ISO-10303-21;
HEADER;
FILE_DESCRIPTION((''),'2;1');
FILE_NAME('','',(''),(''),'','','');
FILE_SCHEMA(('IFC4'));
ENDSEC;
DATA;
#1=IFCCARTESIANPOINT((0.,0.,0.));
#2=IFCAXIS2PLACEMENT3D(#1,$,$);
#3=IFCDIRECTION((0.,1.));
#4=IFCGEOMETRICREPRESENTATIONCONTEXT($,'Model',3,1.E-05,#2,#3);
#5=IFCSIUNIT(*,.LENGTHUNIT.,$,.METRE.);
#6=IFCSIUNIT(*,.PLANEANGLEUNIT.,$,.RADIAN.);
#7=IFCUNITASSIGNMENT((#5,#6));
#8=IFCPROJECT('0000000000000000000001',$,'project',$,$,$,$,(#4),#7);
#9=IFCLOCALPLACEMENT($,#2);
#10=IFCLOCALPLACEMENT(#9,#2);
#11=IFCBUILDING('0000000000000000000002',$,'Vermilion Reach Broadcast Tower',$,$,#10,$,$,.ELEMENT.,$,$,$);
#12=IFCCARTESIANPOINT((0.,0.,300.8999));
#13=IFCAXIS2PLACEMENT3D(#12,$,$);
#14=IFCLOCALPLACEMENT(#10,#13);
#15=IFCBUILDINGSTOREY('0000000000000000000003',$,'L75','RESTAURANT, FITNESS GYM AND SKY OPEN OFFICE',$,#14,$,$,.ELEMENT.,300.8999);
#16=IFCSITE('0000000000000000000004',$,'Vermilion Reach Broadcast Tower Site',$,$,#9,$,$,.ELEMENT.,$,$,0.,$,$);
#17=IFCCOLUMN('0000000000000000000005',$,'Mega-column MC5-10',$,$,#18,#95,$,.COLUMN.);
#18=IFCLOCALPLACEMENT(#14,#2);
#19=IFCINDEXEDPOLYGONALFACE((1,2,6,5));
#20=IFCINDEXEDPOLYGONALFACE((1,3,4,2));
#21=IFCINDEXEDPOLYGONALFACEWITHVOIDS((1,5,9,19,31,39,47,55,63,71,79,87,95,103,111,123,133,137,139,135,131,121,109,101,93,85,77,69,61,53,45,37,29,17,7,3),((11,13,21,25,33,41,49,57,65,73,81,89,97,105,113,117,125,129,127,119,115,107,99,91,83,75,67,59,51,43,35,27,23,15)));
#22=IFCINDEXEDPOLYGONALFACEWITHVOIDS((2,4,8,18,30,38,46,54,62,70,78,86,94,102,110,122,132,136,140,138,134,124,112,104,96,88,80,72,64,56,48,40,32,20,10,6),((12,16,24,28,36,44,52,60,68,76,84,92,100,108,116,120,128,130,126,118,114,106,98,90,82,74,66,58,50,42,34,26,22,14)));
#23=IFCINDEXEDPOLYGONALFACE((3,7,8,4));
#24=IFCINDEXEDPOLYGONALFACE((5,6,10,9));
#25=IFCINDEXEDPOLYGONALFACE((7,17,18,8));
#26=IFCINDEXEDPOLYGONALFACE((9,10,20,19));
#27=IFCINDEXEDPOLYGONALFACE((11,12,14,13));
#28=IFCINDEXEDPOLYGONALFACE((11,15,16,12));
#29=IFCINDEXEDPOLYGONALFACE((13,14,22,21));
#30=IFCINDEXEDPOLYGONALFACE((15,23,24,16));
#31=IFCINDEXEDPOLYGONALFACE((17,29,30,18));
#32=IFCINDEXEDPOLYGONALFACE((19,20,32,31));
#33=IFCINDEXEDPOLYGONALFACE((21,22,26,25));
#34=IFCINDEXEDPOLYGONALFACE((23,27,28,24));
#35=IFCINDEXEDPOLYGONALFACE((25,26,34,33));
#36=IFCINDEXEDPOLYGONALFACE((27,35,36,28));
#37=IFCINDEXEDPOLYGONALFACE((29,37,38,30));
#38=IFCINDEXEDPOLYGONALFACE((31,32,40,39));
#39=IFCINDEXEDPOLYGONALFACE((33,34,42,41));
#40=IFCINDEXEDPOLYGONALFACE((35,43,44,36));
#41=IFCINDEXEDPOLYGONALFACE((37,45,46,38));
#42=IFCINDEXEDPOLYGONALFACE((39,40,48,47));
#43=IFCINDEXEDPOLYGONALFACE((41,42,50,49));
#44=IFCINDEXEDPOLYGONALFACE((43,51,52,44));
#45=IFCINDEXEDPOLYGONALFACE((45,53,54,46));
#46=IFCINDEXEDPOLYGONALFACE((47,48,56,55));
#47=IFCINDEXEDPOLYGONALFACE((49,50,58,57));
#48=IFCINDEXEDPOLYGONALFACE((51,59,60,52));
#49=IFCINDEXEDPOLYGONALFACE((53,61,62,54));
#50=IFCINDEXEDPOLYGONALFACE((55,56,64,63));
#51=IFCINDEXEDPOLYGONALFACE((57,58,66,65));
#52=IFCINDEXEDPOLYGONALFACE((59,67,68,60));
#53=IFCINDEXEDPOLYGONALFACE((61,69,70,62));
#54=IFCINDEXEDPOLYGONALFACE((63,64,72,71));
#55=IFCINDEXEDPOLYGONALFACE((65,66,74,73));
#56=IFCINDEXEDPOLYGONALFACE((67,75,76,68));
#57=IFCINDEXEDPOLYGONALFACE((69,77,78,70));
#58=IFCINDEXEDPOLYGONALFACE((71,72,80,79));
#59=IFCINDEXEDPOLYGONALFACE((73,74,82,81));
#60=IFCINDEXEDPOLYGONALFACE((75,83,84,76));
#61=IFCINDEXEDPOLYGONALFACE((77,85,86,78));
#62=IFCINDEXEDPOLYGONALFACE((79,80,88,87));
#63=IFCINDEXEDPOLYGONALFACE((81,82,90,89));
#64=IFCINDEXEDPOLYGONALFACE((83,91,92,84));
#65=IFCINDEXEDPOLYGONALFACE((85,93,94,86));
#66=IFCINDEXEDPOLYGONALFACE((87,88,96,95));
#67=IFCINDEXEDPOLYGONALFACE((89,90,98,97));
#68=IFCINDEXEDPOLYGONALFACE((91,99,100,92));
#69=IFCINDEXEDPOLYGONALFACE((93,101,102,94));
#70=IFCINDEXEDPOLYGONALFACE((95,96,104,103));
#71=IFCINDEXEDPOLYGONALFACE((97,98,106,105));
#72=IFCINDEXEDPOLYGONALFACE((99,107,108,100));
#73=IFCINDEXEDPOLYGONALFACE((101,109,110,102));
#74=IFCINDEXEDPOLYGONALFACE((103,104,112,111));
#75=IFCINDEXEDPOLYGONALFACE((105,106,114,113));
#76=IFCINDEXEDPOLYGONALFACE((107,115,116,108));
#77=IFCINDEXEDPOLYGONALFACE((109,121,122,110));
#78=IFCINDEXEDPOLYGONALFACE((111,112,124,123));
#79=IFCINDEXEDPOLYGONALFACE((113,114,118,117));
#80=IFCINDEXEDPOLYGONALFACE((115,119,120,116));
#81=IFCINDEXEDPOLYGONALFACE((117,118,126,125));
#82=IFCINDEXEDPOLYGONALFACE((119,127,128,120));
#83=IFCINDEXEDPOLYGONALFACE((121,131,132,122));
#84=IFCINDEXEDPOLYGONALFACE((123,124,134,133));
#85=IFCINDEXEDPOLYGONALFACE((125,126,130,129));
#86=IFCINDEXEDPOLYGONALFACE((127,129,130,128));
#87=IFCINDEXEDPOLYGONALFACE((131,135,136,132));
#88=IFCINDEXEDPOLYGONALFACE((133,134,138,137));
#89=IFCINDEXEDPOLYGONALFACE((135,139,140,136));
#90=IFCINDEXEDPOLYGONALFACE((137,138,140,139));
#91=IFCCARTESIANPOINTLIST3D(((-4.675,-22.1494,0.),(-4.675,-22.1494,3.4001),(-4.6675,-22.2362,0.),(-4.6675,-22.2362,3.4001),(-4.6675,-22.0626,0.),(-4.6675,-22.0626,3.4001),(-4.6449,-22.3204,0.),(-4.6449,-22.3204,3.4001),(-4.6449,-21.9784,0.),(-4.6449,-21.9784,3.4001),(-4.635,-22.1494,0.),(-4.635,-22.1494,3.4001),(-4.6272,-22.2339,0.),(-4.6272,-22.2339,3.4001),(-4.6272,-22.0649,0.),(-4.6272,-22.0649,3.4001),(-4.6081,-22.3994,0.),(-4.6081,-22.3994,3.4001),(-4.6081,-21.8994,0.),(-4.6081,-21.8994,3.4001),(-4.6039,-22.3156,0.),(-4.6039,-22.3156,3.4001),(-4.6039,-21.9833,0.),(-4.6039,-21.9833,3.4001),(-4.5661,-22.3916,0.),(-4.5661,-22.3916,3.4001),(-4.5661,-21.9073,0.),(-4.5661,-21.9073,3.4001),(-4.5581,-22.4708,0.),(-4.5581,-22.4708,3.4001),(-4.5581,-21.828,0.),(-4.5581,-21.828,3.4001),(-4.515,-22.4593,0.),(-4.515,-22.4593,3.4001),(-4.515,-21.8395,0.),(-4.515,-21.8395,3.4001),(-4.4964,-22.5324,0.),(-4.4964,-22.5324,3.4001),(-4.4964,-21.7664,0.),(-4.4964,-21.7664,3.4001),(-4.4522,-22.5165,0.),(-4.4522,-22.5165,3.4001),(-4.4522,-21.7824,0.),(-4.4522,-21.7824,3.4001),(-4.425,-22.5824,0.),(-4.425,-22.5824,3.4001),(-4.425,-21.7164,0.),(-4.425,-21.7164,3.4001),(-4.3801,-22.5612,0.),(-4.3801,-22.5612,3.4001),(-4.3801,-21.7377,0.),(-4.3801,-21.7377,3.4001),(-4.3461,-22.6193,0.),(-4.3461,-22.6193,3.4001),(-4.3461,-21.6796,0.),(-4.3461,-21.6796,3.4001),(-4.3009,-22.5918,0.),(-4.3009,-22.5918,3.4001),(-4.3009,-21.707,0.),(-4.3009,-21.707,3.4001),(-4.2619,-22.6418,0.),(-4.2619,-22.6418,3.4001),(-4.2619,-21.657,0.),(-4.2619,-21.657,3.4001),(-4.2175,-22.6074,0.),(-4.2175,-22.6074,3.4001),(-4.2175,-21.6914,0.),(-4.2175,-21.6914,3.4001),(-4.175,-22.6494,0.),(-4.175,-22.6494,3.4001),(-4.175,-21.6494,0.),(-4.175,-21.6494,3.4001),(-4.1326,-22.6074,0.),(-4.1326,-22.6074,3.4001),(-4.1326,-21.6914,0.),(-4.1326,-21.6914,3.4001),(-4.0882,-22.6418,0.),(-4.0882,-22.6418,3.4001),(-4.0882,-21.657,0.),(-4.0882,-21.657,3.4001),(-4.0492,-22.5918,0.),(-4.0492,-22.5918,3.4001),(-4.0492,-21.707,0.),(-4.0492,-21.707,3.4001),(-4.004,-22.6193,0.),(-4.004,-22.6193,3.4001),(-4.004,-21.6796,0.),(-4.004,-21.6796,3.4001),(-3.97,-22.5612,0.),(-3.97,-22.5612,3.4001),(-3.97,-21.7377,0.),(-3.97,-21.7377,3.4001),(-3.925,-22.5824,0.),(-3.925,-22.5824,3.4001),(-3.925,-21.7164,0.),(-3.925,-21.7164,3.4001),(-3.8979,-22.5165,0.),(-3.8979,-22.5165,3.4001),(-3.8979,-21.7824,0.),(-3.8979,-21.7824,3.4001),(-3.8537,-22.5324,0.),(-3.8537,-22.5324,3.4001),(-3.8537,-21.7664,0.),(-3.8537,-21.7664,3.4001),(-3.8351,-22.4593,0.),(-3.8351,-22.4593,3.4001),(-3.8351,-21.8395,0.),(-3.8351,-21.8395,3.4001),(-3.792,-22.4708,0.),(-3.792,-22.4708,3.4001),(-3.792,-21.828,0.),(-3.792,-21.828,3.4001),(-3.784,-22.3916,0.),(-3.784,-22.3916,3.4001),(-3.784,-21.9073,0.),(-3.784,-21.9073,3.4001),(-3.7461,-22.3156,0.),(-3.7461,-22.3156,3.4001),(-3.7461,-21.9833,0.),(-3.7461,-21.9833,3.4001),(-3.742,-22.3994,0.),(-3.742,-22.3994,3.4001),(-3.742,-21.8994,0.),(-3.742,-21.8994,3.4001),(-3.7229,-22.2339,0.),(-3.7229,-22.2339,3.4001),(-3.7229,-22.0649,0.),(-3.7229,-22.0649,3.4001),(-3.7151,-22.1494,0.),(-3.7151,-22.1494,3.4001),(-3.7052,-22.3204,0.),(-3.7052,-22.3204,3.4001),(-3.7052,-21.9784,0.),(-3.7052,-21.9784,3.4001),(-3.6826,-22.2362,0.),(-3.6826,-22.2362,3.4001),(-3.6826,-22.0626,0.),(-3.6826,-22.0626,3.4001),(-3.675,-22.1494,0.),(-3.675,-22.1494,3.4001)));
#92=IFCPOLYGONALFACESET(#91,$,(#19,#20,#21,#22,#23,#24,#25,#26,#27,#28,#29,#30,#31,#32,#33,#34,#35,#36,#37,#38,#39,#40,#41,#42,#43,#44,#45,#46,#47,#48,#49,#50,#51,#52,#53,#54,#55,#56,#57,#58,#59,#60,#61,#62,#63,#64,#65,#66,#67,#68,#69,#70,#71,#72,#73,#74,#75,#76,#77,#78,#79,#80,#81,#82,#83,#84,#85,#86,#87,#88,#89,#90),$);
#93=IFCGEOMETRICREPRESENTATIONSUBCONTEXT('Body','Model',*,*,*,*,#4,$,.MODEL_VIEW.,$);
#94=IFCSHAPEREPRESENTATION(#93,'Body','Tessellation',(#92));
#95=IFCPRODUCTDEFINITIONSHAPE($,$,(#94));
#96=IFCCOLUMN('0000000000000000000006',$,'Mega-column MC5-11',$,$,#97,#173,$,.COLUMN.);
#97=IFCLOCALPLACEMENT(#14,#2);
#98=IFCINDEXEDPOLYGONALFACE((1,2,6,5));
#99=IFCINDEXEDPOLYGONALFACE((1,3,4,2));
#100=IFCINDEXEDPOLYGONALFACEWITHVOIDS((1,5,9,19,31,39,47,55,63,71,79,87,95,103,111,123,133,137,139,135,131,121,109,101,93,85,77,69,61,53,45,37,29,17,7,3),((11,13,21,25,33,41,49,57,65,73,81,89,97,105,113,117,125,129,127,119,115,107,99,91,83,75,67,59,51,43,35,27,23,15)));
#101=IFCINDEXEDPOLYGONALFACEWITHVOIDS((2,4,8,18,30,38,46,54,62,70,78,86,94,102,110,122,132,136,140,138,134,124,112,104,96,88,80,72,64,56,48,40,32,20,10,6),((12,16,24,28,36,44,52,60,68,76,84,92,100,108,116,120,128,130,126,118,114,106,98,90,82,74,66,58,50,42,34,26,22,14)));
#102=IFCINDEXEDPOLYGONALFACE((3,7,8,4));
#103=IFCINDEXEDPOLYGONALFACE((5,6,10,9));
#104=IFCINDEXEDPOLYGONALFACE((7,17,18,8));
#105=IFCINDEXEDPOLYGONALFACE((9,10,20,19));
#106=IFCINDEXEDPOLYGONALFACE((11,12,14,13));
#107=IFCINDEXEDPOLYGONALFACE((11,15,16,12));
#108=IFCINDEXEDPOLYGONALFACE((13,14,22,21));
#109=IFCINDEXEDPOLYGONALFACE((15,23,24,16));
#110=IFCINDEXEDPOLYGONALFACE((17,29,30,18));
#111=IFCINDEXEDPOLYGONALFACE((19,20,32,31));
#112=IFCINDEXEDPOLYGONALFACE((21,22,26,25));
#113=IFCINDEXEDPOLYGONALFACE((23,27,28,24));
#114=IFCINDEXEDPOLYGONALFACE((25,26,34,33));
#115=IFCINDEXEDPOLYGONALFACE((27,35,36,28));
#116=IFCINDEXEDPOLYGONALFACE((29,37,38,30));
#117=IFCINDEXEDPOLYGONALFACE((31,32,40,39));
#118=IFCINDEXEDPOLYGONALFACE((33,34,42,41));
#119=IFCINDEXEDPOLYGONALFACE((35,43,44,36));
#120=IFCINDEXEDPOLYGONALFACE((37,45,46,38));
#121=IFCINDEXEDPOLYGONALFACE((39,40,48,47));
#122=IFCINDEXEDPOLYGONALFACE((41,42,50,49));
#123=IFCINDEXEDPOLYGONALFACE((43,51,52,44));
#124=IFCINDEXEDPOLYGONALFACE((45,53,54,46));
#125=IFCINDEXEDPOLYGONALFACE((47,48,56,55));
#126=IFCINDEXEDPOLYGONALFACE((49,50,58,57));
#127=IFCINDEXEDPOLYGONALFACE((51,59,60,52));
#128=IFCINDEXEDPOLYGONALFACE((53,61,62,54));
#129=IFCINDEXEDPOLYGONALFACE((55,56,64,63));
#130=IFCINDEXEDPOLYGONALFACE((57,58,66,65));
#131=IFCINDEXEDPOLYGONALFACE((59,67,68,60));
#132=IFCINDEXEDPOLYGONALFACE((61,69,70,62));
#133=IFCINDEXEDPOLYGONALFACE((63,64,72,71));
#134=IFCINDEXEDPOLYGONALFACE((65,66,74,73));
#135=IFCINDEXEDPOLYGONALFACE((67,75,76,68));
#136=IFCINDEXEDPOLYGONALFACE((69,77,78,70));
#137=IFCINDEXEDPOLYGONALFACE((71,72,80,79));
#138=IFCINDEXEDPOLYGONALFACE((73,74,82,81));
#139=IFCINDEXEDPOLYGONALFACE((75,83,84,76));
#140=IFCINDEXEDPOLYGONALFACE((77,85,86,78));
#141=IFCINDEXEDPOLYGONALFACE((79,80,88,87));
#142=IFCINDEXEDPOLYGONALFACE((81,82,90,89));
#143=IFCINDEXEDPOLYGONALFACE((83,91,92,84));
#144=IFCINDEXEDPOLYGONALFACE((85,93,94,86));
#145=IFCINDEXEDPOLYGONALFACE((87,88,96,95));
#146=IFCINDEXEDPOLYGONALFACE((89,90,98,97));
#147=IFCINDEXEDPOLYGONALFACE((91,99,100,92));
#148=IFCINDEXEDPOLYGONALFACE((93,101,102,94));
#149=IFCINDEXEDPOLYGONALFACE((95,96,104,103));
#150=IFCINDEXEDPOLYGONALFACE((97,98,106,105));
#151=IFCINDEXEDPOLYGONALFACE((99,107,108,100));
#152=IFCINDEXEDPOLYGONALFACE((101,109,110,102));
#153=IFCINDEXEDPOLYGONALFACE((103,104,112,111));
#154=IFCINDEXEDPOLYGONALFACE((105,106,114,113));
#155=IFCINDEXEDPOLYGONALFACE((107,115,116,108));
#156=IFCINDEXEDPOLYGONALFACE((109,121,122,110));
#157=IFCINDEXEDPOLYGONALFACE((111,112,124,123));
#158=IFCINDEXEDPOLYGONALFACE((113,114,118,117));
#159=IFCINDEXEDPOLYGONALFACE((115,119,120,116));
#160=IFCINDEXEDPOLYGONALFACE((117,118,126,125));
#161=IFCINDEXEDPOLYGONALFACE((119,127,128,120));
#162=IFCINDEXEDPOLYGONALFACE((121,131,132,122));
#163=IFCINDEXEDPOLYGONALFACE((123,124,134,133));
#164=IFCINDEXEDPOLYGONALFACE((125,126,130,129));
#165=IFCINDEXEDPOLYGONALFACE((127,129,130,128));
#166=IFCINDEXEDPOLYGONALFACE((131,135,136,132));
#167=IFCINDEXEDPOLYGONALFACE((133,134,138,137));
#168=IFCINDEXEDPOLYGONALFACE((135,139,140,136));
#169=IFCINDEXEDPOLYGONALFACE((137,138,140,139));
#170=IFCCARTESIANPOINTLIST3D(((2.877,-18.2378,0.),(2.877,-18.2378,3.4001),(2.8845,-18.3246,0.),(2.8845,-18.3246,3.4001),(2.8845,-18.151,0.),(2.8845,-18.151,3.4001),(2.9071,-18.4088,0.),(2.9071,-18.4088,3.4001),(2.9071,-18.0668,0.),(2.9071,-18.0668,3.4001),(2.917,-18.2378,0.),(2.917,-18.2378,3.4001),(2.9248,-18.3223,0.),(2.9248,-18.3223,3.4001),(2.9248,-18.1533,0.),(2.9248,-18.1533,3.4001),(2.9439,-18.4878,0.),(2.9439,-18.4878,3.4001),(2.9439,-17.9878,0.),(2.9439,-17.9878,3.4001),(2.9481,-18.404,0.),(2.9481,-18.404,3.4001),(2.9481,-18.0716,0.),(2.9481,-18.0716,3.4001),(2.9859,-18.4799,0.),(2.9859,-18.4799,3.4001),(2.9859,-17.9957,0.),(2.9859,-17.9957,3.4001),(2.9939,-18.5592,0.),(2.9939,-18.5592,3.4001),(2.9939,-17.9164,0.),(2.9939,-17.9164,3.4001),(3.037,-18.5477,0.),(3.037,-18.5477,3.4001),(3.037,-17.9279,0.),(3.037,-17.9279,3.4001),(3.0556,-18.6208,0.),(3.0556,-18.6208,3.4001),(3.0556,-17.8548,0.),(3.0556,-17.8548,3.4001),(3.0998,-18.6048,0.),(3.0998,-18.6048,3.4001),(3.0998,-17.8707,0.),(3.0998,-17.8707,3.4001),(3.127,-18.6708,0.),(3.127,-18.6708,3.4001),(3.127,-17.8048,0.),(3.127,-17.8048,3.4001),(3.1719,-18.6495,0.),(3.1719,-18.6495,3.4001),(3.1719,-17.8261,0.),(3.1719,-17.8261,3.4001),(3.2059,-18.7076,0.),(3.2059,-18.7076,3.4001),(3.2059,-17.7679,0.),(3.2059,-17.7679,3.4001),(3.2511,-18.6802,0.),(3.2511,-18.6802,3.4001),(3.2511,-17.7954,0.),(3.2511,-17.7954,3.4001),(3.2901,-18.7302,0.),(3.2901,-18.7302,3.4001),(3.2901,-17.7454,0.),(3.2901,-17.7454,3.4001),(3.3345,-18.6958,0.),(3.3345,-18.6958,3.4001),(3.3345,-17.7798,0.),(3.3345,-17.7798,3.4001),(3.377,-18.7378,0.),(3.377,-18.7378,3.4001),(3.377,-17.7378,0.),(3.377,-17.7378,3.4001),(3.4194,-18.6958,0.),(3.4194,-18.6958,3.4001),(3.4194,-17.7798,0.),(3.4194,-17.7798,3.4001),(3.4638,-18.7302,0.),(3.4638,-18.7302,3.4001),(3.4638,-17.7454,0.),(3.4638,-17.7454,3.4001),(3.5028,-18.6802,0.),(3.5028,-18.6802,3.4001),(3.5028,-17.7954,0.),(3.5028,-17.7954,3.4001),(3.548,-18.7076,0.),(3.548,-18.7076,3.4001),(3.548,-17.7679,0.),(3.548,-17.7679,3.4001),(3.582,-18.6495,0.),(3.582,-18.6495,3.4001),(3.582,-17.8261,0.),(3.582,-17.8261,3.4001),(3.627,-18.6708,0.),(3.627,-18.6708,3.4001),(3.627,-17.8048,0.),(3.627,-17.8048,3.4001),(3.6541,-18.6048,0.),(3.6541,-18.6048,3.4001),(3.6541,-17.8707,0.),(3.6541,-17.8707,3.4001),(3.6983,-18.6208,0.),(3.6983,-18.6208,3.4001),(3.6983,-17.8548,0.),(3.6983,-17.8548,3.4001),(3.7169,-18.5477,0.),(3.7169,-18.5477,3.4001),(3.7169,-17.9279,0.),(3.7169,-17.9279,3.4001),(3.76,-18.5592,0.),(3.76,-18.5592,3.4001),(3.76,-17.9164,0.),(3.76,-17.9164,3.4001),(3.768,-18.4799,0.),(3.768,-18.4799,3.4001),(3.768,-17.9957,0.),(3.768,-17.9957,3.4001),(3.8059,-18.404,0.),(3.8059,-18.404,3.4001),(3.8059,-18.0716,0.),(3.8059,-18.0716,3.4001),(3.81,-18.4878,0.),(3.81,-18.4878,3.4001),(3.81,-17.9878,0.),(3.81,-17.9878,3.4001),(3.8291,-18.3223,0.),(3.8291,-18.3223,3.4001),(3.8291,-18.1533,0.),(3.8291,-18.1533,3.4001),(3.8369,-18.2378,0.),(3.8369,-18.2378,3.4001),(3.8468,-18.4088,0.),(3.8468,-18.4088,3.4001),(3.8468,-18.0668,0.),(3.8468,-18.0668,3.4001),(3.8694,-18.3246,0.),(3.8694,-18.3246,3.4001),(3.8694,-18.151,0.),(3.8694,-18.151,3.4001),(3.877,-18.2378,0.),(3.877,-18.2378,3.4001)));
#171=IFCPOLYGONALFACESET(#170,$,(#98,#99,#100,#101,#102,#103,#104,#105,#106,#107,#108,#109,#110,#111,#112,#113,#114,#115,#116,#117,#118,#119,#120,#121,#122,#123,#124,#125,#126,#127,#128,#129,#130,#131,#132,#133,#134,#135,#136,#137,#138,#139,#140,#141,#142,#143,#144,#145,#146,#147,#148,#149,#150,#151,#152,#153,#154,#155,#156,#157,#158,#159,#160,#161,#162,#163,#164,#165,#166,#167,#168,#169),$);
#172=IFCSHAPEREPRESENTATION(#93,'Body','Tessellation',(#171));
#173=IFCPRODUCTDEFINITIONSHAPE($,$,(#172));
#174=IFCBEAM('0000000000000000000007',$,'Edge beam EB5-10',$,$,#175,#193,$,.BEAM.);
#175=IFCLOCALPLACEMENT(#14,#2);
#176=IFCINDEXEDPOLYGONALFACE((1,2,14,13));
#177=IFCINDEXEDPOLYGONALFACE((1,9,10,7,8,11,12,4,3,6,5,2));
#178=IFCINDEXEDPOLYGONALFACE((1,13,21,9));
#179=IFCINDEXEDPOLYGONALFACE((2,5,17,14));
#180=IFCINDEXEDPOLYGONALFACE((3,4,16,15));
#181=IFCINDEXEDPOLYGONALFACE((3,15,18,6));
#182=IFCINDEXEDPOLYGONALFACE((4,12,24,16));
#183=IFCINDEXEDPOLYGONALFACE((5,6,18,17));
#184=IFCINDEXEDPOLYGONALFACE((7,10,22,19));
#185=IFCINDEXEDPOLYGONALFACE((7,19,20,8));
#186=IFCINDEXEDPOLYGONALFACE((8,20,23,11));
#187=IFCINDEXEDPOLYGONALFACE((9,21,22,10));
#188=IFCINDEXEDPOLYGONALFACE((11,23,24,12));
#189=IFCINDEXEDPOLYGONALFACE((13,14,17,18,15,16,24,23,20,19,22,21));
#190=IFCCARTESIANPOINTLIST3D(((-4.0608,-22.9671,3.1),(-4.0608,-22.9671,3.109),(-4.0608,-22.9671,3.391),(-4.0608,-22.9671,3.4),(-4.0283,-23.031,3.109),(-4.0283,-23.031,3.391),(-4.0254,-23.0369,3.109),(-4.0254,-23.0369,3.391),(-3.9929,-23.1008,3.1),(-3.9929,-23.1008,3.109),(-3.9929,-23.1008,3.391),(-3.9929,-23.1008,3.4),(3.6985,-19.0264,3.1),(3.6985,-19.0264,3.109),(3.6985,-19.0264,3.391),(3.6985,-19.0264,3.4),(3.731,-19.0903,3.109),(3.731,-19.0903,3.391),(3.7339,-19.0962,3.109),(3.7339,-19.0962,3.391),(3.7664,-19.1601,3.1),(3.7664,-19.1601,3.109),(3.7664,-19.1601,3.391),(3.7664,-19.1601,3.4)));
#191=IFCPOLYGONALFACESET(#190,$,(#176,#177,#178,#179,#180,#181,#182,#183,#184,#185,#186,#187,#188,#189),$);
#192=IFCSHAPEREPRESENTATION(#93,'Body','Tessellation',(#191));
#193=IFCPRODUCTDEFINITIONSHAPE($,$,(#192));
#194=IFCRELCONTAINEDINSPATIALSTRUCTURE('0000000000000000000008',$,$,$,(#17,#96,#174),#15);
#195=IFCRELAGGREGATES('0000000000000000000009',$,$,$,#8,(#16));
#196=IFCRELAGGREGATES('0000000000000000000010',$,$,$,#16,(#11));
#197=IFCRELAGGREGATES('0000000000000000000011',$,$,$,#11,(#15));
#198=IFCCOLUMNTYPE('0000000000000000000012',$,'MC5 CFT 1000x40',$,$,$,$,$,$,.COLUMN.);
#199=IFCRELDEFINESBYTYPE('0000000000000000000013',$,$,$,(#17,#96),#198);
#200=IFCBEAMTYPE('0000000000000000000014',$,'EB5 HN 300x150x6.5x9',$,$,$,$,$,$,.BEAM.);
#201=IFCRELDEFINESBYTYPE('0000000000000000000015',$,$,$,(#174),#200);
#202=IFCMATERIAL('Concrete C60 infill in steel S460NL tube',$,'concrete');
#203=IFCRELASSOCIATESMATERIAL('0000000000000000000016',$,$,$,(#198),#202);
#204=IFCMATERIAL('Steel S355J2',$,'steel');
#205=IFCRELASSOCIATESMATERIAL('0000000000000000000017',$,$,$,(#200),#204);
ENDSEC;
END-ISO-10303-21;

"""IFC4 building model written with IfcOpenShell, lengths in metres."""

from ifc_helpers import new_model, si_unit, direction, frame, origin, origin_2d, place, context, subcontext, project, spatial, hollow_circle, i_section, extrude, material, material_profile, profile_set, type_object, element, save


model = new_model("IFC4")

# Units and contexts
model_context = context("Model", 3, precision=1e-05, world=origin(), true_north=direction((0.0, 1.0)))
body_context = subcontext(model_context, "Body", "Model", "MODEL_VIEW")
ifc_project = project(units=[si_unit("LENGTHUNIT", "METRE"), si_unit("PLANEANGLEUNIT", "RADIAN")], contexts=[model_context])

# Site, building, storey
site_placement = place(None, origin())
site = spatial("IfcSite", under=ifc_project, at=site_placement, Name="Vermilion Reach Broadcast Tower Site", CompositionType="ELEMENT", RefElevation=0.0)
building_placement = place(site_placement, origin())
building = spatial("IfcBuilding", under=site, at=building_placement, Name="Vermilion Reach Broadcast Tower", CompositionType="ELEMENT")
storey_placement = place(building_placement, frame((0.0, 0.0, 300.8999)))
storey = spatial("IfcBuildingStorey", under=building, at=storey_placement, Name="L75", Description="RESTAURANT, FITNESS GYM AND SKY OPEN OFFICE", CompositionType="ELEMENT", Elevation=300.8999)

# Columns
ifc_material_1 = material(Name="Concrete C60 infill in steel S460NL tube", Category="concrete")
ifc_material_profile_1 = material_profile(ifc_material_1, hollow_circle(Radius=0.5, WallThickness=0.04, at=origin_2d()), Name="Concrete C60 infill in steel S460NL tube CFT 1000x40")
ifc_profile_set_1 = profile_set([ifc_material_profile_1], Name="Concrete C60 infill in steel S460NL tube")
column_type = type_object("IfcColumnType", Name="MC5 CFT 1000x40", PredefinedType="COLUMN", material=ifc_profile_set_1)
for number, where, z_axis, x_axis, name in (
    (1, (-4.175, -22.1494, 0.0), (0.0, 0.0, 1.0), (1.0, 0.0, 0.0), "Mega-column MC5-10"),
    (2, (3.377, -18.2378, 0.0), (0.0, 0.0, 1.0), (1.0, 0.0, 0.0), "Mega-column MC5-11"),
):
    element("IfcColumn", number, at=place(storey_placement, frame(where, z_axis=z_axis, x_axis=x_axis)), inside=storey, type_object=column_type, Name=name, PredefinedType="COLUMN", context=body_context, shape_type="SweptSolid", body=[
        extrude(hollow_circle(Radius=0.5, WallThickness=0.04, at=origin_2d()), origin(), (0.0, 0.0, 1.0), 3.4001),
    ])

# Beam
ifc_material_2 = material(Name="Steel S355J2", Category="steel")
ifc_material_profile_2 = material_profile(ifc_material_2, i_section(OverallWidth=0.1499, OverallDepth=0.3, WebThickness=0.0066, FlangeThickness=0.009, at=origin_2d()), Name="S355J2 HN 300x150x6.5x9")
ifc_profile_set_2 = profile_set([ifc_material_profile_2], Name="Steel S355J2")
beam_type_1 = type_object("IfcBeamType", Name="EB5 HN 300x150x6.5x9", PredefinedType="BEAM", material=ifc_profile_set_2)
beam_1_placement = place(storey_placement, frame((-4.0269, -23.0339, 3.25), z_axis=(0.891604, 0.452816, 0.0), x_axis=(-0.452816, 0.891604, 0.0)))
element("IfcBeam", 3, at=beam_1_placement, inside=storey, type_object=beam_type_1, Name="Edge beam EB5-10", PredefinedType="BEAM", context=body_context, shape_type="SweptSolid", body=[
    extrude(i_section(OverallWidth=0.1499, OverallDepth=0.3, WebThickness=0.0066, FlangeThickness=0.009, at=origin_2d()), origin(), (0.0, 0.0, 1.0), 8.7026),
])

save(model, "model.ifc")
